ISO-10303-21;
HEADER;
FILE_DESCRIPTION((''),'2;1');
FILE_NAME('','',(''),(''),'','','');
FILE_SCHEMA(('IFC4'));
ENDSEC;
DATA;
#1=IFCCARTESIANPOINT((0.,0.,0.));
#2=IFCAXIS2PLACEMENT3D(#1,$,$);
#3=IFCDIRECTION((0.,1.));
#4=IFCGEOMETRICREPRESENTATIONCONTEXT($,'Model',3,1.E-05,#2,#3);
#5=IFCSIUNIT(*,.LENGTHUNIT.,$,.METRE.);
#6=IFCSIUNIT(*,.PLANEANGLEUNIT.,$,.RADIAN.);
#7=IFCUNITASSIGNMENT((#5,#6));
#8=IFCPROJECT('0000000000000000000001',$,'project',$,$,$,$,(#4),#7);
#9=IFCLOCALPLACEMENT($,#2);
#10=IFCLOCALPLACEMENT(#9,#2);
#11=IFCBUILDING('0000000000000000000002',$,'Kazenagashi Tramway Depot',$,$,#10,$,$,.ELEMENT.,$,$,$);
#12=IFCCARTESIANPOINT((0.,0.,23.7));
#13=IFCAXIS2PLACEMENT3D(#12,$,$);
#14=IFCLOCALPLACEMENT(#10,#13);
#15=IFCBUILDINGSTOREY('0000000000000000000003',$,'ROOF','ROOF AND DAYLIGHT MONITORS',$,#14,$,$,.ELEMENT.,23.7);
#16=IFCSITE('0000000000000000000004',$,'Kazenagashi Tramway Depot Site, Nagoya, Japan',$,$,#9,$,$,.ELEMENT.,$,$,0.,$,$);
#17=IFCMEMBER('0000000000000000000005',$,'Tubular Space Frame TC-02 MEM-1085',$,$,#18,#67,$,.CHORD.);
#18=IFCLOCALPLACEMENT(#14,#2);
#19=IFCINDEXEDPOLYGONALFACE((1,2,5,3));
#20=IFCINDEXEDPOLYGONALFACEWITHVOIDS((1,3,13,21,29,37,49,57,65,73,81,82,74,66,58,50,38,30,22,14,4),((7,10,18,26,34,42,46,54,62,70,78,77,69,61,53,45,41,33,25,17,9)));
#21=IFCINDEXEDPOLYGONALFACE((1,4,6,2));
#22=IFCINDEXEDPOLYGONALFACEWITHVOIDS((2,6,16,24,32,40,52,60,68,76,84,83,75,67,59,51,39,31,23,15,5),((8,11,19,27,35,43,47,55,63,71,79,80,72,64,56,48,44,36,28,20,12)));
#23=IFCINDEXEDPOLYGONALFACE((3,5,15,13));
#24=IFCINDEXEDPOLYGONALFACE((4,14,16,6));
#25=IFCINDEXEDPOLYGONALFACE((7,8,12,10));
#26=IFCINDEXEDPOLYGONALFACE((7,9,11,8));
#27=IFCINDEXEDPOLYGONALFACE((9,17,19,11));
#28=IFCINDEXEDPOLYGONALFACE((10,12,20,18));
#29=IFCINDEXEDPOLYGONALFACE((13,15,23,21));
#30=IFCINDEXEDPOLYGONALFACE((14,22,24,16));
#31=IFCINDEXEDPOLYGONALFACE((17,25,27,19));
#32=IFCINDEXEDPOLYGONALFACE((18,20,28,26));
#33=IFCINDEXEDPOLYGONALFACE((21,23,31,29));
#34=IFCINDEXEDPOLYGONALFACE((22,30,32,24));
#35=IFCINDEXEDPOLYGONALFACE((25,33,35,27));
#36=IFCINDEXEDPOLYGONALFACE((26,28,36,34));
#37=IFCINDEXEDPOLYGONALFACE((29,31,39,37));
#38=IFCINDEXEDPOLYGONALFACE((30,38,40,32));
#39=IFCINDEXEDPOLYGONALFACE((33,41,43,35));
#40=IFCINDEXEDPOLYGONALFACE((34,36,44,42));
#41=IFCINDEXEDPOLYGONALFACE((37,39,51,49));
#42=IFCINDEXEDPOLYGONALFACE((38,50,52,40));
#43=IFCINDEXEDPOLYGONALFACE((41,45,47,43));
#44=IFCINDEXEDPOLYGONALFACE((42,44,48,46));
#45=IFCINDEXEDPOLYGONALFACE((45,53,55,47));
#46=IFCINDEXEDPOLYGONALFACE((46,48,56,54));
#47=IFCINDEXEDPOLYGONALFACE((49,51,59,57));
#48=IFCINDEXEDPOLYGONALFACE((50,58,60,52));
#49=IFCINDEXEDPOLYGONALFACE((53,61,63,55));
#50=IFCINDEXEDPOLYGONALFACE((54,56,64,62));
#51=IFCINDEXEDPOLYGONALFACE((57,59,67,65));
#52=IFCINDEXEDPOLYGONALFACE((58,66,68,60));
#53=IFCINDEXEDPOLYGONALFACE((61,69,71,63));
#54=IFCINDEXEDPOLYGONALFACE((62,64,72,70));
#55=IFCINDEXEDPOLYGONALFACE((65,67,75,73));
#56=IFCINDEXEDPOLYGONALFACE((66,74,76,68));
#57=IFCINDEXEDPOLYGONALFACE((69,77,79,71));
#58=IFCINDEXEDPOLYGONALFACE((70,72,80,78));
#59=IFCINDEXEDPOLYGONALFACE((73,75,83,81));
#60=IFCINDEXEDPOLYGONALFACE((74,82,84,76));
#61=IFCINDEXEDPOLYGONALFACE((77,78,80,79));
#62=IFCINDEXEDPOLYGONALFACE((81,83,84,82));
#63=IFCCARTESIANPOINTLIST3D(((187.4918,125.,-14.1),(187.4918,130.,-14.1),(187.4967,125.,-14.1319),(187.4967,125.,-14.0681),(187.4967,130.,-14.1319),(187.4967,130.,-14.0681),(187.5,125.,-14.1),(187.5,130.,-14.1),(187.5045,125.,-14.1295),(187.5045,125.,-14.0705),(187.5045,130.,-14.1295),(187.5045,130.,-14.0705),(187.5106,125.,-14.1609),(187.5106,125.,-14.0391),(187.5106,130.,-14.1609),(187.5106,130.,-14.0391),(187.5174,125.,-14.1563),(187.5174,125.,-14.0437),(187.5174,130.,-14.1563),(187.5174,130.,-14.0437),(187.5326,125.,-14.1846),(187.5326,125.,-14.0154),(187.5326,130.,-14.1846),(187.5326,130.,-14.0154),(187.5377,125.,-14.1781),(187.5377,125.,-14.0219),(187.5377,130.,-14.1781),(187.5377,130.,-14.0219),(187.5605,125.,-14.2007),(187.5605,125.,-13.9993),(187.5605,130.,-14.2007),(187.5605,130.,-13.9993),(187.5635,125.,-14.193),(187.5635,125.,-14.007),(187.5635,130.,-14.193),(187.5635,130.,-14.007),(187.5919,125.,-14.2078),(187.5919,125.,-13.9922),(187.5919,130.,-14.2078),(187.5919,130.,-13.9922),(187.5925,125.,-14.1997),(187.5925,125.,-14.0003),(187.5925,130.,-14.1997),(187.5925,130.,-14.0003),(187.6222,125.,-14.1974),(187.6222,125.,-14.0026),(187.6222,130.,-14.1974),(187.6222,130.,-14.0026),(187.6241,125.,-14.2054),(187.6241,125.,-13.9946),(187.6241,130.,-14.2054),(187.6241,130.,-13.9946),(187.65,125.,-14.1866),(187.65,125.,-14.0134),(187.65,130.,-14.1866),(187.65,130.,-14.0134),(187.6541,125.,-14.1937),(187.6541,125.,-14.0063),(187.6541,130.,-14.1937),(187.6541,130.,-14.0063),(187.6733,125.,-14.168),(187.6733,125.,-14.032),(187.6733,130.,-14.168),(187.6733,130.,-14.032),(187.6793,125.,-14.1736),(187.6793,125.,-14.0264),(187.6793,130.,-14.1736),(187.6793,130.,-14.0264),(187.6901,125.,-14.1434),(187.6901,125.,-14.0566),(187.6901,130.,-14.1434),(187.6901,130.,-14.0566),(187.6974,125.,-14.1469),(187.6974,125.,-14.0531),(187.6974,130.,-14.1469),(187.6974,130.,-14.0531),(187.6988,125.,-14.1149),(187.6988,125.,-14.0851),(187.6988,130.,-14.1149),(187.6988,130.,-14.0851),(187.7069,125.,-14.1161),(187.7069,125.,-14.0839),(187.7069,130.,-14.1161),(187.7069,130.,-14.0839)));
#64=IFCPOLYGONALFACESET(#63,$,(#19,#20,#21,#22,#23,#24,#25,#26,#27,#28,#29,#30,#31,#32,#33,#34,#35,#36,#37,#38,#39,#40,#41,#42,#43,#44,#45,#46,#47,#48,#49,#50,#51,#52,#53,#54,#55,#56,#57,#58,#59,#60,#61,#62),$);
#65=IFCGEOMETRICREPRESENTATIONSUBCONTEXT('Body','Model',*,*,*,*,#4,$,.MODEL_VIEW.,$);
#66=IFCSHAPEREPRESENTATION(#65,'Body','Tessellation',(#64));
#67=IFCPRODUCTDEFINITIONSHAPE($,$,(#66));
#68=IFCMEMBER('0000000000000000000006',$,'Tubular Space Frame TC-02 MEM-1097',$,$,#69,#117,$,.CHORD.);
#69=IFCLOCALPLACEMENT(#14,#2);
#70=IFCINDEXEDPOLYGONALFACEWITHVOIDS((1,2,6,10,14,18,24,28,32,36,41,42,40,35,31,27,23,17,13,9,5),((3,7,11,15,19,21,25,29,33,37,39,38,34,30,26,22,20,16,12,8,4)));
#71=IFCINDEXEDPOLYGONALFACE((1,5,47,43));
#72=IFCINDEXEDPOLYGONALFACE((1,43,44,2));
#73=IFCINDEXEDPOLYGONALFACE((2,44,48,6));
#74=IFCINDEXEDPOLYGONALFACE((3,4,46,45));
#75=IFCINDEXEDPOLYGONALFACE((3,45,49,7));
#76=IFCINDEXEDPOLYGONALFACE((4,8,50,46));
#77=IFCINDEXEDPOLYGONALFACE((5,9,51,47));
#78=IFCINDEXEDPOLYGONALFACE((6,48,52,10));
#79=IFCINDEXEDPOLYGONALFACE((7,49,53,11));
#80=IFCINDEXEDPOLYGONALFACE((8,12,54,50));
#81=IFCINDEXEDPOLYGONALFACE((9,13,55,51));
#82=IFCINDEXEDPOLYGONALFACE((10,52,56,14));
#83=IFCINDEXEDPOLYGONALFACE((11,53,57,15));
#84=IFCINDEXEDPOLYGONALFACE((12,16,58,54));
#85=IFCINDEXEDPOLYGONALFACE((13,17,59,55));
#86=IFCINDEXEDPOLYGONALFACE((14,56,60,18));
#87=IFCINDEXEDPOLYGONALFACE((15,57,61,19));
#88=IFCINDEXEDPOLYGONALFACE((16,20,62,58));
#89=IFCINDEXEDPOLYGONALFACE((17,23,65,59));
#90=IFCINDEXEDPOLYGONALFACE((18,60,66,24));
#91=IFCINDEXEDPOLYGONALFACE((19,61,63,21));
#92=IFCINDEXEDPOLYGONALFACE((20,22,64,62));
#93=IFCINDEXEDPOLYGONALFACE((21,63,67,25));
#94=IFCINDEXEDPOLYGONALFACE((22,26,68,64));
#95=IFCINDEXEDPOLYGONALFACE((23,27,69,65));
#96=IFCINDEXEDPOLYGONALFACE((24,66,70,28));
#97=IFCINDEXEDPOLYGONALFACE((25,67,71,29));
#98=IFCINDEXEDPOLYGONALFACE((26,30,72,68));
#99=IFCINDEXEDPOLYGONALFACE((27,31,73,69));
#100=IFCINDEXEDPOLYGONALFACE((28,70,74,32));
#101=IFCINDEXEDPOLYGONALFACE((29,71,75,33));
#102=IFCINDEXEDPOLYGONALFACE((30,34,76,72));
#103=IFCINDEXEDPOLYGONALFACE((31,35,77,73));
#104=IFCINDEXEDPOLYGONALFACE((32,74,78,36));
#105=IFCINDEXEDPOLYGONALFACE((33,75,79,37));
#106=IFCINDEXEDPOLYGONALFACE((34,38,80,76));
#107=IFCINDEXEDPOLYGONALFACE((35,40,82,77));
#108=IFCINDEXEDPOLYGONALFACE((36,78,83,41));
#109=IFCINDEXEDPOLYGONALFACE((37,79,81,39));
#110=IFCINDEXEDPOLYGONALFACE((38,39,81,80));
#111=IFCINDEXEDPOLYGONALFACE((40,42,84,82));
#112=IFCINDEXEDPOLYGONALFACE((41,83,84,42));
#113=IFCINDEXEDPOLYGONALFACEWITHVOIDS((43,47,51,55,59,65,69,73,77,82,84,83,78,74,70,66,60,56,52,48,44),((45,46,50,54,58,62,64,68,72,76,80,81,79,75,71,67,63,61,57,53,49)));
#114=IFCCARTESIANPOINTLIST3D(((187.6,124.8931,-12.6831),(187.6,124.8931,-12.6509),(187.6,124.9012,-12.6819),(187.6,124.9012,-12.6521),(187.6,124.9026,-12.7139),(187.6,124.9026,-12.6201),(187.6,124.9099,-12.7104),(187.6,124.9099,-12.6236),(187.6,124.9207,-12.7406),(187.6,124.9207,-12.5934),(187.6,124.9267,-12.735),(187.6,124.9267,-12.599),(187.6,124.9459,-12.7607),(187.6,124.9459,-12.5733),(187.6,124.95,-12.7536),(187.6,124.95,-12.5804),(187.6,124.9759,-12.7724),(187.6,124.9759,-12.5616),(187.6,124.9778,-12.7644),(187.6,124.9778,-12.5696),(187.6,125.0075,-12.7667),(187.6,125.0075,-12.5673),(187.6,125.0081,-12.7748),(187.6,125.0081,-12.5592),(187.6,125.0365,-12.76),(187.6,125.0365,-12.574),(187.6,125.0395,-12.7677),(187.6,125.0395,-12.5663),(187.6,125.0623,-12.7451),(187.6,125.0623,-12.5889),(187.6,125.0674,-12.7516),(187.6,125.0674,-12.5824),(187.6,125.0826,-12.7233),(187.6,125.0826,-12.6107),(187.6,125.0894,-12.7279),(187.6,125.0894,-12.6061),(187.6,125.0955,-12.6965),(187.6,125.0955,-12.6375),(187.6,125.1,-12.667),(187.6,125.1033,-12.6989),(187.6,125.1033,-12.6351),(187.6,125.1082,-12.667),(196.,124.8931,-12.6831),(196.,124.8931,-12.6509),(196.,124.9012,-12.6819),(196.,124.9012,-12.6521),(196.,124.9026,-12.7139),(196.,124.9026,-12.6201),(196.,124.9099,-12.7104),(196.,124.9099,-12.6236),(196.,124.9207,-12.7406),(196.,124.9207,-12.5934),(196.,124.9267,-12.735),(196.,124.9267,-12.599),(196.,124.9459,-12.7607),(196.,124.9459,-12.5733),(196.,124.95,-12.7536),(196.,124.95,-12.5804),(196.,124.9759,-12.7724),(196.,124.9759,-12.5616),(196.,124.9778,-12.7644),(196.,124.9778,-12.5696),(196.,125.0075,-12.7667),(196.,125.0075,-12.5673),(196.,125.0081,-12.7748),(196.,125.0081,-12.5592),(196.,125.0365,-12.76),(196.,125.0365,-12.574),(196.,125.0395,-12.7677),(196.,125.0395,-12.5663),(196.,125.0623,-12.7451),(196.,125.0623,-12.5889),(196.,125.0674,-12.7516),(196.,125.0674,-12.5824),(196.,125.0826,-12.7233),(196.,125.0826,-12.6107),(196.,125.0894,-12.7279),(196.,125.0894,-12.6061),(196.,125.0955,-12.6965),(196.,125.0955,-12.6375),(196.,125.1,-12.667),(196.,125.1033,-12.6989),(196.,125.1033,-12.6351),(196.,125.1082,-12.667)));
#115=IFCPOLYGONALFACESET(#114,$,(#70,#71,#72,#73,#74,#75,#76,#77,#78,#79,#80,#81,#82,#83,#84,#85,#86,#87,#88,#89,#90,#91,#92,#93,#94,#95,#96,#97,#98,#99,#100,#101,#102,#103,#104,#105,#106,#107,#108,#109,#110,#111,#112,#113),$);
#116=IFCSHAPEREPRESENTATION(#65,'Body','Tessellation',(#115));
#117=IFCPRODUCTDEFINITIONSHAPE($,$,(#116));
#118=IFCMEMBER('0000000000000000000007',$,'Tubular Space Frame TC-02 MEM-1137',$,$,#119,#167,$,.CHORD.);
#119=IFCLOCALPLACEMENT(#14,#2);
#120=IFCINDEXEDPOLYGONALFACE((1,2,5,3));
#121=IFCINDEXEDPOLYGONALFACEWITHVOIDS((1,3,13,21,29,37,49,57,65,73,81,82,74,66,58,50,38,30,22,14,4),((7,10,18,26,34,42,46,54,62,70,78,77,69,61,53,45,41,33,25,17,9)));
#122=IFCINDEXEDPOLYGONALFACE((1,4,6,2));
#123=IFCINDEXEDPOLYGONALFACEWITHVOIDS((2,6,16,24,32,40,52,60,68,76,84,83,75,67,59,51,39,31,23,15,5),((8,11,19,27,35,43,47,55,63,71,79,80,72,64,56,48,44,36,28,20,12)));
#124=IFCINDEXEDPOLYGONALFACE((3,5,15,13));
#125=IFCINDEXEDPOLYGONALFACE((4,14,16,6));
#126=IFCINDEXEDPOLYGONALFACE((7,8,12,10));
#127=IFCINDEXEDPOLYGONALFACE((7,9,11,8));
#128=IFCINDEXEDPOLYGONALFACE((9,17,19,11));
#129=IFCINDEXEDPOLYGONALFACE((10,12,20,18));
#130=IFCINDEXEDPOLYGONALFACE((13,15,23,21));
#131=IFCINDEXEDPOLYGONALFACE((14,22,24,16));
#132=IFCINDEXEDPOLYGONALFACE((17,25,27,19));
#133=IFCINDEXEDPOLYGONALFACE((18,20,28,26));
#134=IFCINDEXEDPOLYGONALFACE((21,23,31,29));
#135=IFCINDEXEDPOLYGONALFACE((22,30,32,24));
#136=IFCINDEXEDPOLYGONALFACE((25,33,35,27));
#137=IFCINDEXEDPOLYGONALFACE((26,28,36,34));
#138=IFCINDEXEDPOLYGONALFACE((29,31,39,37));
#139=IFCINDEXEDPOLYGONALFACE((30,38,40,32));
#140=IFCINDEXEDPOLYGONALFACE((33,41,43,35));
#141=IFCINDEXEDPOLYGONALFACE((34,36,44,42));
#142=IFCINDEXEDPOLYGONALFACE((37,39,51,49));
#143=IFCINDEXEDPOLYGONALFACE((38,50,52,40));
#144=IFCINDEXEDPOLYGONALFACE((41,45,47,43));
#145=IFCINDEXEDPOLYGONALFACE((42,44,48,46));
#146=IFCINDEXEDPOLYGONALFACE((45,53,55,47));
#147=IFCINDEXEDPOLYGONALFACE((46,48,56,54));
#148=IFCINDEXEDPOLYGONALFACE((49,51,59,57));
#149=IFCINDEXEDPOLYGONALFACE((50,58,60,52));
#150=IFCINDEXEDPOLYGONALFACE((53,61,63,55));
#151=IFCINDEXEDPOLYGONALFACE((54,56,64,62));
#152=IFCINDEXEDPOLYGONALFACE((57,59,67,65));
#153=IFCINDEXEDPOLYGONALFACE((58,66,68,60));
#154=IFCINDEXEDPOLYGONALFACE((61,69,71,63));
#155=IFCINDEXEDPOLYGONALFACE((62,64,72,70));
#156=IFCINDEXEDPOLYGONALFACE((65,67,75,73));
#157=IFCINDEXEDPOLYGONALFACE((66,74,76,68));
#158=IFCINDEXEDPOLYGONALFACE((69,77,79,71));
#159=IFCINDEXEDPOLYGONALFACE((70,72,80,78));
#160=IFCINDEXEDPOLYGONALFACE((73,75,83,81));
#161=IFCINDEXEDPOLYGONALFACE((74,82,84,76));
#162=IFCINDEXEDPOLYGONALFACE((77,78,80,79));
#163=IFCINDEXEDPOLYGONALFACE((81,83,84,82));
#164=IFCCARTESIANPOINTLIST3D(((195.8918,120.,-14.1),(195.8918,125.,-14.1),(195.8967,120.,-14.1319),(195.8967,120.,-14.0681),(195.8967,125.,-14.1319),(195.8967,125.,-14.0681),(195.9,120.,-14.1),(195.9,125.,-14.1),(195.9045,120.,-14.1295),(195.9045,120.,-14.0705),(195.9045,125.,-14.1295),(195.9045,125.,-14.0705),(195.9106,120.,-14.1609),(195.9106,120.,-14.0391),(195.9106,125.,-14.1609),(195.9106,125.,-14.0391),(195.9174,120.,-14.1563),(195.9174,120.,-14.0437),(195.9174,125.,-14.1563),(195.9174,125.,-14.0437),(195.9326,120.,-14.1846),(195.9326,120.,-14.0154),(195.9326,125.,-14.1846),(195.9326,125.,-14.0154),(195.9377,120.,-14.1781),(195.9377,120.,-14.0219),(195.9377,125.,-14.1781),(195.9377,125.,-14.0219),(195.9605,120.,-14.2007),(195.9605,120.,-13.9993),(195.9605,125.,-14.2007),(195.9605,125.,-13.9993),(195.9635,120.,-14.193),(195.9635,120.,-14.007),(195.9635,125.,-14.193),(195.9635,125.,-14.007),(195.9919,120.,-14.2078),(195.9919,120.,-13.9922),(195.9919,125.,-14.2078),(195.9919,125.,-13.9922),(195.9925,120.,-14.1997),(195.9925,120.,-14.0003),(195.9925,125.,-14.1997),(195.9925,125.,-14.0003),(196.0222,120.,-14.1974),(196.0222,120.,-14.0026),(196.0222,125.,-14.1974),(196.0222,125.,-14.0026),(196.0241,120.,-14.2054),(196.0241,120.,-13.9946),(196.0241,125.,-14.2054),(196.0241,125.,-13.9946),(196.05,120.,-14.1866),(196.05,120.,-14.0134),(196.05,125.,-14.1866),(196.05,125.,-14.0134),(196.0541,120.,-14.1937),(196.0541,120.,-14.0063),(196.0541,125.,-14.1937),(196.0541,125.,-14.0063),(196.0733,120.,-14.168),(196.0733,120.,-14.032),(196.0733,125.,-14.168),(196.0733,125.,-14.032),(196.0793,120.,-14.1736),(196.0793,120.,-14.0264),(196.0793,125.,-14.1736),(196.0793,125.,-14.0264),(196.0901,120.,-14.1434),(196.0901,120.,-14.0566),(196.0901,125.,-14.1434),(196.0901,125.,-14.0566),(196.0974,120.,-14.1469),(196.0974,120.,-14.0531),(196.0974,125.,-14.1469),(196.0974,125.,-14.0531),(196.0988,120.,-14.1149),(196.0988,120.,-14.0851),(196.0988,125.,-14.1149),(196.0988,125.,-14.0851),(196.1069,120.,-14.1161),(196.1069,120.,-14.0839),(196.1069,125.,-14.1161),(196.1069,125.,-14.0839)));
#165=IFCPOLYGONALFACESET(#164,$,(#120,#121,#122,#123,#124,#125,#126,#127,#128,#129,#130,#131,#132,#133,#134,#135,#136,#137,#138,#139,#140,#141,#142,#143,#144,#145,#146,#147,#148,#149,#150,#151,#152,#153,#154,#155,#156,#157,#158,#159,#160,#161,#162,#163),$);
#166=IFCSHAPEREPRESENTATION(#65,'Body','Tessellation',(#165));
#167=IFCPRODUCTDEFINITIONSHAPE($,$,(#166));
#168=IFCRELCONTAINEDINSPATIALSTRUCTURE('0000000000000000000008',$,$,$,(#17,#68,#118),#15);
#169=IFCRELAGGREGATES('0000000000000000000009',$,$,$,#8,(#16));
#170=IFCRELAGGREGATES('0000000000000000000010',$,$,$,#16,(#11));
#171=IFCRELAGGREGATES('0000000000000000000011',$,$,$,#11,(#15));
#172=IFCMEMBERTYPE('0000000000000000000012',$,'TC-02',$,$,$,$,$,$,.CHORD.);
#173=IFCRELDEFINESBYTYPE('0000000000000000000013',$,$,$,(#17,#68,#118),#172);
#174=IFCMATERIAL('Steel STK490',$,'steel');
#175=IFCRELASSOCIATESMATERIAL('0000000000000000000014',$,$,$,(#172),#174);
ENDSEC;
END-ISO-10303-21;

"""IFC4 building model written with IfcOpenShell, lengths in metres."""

from ifc_helpers import new_model, si_unit, direction, frame, origin, origin_2d, place, context, subcontext, project, spatial, hollow_circle, extrude, material, material_profile, profile_set, type_object, element, save


model = new_model("IFC4")

# Units and contexts
model_context = context("Model", 3, precision=1e-05, world=origin(), true_north=direction((0.0, 1.0)))
body_context = subcontext(model_context, "Body", "Model", "MODEL_VIEW")
ifc_project = project(units=[si_unit("LENGTHUNIT", "METRE"), si_unit("PLANEANGLEUNIT", "RADIAN")], contexts=[model_context])

# Site, building, storey
site_placement = place(None, origin())
site = spatial("IfcSite", under=ifc_project, at=site_placement, Name="Kazenagashi Tramway Depot Site, Nagoya, Japan", CompositionType="ELEMENT", RefElevation=0.0)
building_placement = place(site_placement, origin())
building = spatial("IfcBuilding", under=site, at=building_placement, Name="Kazenagashi Tramway Depot", CompositionType="ELEMENT")
storey_placement = place(building_placement, frame((0.0, 0.0, 23.7)))
storey = spatial("IfcBuildingStorey", under=building, at=storey_placement, Name="ROOF", Description="ROOF AND DAYLIGHT MONITORS", CompositionType="ELEMENT", Elevation=23.7)

# Members
ifc_material_1 = material(Name="Steel STK490", Category="steel")
ifc_material_profile_1 = material_profile(ifc_material_1, hollow_circle(Radius=0.1081, WallThickness=0.0082, at=origin_2d()), Name="CHS-216.3x8.2")
ifc_profile_set_1 = profile_set([ifc_material_profile_1], Name="Steel STK490")
member_type_1 = type_object("IfcMemberType", Name="TC-02", PredefinedType="CHORD", material=ifc_profile_set_1)
for number, where, z_axis, x_axis, name in (
    (1, (187.6, 125.0, -14.1), (0.0, 1.0, 0.0), (-1.0, 0.0, 0.0), "Tubular Space Frame TC-02 MEM-1085"),
):
    element("IfcMember", number, at=place(storey_placement, frame(where, z_axis=z_axis, x_axis=x_axis)), inside=storey, type_object=member_type_1, Name=name, PredefinedType="CHORD", context=body_context, shape_type="SweptSolid", body=[
        extrude(hollow_circle(Radius=0.1081, WallThickness=0.0082, at=origin_2d()), origin(), (0.0, 0.0, 1.0), 5.0),
    ])
member_1_placement = place(storey_placement, frame((187.6, 125.0, -12.667), z_axis=(1.0, 0.0, 0.0), x_axis=(0.0, 1.0, 0.0)))
element("IfcMember", 2, at=member_1_placement, inside=storey, type_object=member_type_1, Name="Tubular Space Frame TC-02 MEM-1097", PredefinedType="CHORD", context=body_context, shape_type="SweptSolid", body=[
    extrude(hollow_circle(Radius=0.1081, WallThickness=0.0082, at=origin_2d()), origin(), (0.0, 0.0, 1.0), 8.4),
])
for number, where, z_axis, x_axis, name in (
    (3, (196.0, 120.0, -14.1), (0.0, 1.0, 0.0), (-1.0, 0.0, 0.0), "Tubular Space Frame TC-02 MEM-1137"),
):
    element("IfcMember", number, at=place(storey_placement, frame(where, z_axis=z_axis, x_axis=x_axis)), inside=storey, type_object=member_type_1, Name=name, PredefinedType="CHORD", context=body_context, shape_type="SweptSolid", body=[
        extrude(hollow_circle(Radius=0.1081, WallThickness=0.0082, at=origin_2d()), origin(), (0.0, 0.0, 1.0), 5.0),
    ])

save(model, "model.ifc")
